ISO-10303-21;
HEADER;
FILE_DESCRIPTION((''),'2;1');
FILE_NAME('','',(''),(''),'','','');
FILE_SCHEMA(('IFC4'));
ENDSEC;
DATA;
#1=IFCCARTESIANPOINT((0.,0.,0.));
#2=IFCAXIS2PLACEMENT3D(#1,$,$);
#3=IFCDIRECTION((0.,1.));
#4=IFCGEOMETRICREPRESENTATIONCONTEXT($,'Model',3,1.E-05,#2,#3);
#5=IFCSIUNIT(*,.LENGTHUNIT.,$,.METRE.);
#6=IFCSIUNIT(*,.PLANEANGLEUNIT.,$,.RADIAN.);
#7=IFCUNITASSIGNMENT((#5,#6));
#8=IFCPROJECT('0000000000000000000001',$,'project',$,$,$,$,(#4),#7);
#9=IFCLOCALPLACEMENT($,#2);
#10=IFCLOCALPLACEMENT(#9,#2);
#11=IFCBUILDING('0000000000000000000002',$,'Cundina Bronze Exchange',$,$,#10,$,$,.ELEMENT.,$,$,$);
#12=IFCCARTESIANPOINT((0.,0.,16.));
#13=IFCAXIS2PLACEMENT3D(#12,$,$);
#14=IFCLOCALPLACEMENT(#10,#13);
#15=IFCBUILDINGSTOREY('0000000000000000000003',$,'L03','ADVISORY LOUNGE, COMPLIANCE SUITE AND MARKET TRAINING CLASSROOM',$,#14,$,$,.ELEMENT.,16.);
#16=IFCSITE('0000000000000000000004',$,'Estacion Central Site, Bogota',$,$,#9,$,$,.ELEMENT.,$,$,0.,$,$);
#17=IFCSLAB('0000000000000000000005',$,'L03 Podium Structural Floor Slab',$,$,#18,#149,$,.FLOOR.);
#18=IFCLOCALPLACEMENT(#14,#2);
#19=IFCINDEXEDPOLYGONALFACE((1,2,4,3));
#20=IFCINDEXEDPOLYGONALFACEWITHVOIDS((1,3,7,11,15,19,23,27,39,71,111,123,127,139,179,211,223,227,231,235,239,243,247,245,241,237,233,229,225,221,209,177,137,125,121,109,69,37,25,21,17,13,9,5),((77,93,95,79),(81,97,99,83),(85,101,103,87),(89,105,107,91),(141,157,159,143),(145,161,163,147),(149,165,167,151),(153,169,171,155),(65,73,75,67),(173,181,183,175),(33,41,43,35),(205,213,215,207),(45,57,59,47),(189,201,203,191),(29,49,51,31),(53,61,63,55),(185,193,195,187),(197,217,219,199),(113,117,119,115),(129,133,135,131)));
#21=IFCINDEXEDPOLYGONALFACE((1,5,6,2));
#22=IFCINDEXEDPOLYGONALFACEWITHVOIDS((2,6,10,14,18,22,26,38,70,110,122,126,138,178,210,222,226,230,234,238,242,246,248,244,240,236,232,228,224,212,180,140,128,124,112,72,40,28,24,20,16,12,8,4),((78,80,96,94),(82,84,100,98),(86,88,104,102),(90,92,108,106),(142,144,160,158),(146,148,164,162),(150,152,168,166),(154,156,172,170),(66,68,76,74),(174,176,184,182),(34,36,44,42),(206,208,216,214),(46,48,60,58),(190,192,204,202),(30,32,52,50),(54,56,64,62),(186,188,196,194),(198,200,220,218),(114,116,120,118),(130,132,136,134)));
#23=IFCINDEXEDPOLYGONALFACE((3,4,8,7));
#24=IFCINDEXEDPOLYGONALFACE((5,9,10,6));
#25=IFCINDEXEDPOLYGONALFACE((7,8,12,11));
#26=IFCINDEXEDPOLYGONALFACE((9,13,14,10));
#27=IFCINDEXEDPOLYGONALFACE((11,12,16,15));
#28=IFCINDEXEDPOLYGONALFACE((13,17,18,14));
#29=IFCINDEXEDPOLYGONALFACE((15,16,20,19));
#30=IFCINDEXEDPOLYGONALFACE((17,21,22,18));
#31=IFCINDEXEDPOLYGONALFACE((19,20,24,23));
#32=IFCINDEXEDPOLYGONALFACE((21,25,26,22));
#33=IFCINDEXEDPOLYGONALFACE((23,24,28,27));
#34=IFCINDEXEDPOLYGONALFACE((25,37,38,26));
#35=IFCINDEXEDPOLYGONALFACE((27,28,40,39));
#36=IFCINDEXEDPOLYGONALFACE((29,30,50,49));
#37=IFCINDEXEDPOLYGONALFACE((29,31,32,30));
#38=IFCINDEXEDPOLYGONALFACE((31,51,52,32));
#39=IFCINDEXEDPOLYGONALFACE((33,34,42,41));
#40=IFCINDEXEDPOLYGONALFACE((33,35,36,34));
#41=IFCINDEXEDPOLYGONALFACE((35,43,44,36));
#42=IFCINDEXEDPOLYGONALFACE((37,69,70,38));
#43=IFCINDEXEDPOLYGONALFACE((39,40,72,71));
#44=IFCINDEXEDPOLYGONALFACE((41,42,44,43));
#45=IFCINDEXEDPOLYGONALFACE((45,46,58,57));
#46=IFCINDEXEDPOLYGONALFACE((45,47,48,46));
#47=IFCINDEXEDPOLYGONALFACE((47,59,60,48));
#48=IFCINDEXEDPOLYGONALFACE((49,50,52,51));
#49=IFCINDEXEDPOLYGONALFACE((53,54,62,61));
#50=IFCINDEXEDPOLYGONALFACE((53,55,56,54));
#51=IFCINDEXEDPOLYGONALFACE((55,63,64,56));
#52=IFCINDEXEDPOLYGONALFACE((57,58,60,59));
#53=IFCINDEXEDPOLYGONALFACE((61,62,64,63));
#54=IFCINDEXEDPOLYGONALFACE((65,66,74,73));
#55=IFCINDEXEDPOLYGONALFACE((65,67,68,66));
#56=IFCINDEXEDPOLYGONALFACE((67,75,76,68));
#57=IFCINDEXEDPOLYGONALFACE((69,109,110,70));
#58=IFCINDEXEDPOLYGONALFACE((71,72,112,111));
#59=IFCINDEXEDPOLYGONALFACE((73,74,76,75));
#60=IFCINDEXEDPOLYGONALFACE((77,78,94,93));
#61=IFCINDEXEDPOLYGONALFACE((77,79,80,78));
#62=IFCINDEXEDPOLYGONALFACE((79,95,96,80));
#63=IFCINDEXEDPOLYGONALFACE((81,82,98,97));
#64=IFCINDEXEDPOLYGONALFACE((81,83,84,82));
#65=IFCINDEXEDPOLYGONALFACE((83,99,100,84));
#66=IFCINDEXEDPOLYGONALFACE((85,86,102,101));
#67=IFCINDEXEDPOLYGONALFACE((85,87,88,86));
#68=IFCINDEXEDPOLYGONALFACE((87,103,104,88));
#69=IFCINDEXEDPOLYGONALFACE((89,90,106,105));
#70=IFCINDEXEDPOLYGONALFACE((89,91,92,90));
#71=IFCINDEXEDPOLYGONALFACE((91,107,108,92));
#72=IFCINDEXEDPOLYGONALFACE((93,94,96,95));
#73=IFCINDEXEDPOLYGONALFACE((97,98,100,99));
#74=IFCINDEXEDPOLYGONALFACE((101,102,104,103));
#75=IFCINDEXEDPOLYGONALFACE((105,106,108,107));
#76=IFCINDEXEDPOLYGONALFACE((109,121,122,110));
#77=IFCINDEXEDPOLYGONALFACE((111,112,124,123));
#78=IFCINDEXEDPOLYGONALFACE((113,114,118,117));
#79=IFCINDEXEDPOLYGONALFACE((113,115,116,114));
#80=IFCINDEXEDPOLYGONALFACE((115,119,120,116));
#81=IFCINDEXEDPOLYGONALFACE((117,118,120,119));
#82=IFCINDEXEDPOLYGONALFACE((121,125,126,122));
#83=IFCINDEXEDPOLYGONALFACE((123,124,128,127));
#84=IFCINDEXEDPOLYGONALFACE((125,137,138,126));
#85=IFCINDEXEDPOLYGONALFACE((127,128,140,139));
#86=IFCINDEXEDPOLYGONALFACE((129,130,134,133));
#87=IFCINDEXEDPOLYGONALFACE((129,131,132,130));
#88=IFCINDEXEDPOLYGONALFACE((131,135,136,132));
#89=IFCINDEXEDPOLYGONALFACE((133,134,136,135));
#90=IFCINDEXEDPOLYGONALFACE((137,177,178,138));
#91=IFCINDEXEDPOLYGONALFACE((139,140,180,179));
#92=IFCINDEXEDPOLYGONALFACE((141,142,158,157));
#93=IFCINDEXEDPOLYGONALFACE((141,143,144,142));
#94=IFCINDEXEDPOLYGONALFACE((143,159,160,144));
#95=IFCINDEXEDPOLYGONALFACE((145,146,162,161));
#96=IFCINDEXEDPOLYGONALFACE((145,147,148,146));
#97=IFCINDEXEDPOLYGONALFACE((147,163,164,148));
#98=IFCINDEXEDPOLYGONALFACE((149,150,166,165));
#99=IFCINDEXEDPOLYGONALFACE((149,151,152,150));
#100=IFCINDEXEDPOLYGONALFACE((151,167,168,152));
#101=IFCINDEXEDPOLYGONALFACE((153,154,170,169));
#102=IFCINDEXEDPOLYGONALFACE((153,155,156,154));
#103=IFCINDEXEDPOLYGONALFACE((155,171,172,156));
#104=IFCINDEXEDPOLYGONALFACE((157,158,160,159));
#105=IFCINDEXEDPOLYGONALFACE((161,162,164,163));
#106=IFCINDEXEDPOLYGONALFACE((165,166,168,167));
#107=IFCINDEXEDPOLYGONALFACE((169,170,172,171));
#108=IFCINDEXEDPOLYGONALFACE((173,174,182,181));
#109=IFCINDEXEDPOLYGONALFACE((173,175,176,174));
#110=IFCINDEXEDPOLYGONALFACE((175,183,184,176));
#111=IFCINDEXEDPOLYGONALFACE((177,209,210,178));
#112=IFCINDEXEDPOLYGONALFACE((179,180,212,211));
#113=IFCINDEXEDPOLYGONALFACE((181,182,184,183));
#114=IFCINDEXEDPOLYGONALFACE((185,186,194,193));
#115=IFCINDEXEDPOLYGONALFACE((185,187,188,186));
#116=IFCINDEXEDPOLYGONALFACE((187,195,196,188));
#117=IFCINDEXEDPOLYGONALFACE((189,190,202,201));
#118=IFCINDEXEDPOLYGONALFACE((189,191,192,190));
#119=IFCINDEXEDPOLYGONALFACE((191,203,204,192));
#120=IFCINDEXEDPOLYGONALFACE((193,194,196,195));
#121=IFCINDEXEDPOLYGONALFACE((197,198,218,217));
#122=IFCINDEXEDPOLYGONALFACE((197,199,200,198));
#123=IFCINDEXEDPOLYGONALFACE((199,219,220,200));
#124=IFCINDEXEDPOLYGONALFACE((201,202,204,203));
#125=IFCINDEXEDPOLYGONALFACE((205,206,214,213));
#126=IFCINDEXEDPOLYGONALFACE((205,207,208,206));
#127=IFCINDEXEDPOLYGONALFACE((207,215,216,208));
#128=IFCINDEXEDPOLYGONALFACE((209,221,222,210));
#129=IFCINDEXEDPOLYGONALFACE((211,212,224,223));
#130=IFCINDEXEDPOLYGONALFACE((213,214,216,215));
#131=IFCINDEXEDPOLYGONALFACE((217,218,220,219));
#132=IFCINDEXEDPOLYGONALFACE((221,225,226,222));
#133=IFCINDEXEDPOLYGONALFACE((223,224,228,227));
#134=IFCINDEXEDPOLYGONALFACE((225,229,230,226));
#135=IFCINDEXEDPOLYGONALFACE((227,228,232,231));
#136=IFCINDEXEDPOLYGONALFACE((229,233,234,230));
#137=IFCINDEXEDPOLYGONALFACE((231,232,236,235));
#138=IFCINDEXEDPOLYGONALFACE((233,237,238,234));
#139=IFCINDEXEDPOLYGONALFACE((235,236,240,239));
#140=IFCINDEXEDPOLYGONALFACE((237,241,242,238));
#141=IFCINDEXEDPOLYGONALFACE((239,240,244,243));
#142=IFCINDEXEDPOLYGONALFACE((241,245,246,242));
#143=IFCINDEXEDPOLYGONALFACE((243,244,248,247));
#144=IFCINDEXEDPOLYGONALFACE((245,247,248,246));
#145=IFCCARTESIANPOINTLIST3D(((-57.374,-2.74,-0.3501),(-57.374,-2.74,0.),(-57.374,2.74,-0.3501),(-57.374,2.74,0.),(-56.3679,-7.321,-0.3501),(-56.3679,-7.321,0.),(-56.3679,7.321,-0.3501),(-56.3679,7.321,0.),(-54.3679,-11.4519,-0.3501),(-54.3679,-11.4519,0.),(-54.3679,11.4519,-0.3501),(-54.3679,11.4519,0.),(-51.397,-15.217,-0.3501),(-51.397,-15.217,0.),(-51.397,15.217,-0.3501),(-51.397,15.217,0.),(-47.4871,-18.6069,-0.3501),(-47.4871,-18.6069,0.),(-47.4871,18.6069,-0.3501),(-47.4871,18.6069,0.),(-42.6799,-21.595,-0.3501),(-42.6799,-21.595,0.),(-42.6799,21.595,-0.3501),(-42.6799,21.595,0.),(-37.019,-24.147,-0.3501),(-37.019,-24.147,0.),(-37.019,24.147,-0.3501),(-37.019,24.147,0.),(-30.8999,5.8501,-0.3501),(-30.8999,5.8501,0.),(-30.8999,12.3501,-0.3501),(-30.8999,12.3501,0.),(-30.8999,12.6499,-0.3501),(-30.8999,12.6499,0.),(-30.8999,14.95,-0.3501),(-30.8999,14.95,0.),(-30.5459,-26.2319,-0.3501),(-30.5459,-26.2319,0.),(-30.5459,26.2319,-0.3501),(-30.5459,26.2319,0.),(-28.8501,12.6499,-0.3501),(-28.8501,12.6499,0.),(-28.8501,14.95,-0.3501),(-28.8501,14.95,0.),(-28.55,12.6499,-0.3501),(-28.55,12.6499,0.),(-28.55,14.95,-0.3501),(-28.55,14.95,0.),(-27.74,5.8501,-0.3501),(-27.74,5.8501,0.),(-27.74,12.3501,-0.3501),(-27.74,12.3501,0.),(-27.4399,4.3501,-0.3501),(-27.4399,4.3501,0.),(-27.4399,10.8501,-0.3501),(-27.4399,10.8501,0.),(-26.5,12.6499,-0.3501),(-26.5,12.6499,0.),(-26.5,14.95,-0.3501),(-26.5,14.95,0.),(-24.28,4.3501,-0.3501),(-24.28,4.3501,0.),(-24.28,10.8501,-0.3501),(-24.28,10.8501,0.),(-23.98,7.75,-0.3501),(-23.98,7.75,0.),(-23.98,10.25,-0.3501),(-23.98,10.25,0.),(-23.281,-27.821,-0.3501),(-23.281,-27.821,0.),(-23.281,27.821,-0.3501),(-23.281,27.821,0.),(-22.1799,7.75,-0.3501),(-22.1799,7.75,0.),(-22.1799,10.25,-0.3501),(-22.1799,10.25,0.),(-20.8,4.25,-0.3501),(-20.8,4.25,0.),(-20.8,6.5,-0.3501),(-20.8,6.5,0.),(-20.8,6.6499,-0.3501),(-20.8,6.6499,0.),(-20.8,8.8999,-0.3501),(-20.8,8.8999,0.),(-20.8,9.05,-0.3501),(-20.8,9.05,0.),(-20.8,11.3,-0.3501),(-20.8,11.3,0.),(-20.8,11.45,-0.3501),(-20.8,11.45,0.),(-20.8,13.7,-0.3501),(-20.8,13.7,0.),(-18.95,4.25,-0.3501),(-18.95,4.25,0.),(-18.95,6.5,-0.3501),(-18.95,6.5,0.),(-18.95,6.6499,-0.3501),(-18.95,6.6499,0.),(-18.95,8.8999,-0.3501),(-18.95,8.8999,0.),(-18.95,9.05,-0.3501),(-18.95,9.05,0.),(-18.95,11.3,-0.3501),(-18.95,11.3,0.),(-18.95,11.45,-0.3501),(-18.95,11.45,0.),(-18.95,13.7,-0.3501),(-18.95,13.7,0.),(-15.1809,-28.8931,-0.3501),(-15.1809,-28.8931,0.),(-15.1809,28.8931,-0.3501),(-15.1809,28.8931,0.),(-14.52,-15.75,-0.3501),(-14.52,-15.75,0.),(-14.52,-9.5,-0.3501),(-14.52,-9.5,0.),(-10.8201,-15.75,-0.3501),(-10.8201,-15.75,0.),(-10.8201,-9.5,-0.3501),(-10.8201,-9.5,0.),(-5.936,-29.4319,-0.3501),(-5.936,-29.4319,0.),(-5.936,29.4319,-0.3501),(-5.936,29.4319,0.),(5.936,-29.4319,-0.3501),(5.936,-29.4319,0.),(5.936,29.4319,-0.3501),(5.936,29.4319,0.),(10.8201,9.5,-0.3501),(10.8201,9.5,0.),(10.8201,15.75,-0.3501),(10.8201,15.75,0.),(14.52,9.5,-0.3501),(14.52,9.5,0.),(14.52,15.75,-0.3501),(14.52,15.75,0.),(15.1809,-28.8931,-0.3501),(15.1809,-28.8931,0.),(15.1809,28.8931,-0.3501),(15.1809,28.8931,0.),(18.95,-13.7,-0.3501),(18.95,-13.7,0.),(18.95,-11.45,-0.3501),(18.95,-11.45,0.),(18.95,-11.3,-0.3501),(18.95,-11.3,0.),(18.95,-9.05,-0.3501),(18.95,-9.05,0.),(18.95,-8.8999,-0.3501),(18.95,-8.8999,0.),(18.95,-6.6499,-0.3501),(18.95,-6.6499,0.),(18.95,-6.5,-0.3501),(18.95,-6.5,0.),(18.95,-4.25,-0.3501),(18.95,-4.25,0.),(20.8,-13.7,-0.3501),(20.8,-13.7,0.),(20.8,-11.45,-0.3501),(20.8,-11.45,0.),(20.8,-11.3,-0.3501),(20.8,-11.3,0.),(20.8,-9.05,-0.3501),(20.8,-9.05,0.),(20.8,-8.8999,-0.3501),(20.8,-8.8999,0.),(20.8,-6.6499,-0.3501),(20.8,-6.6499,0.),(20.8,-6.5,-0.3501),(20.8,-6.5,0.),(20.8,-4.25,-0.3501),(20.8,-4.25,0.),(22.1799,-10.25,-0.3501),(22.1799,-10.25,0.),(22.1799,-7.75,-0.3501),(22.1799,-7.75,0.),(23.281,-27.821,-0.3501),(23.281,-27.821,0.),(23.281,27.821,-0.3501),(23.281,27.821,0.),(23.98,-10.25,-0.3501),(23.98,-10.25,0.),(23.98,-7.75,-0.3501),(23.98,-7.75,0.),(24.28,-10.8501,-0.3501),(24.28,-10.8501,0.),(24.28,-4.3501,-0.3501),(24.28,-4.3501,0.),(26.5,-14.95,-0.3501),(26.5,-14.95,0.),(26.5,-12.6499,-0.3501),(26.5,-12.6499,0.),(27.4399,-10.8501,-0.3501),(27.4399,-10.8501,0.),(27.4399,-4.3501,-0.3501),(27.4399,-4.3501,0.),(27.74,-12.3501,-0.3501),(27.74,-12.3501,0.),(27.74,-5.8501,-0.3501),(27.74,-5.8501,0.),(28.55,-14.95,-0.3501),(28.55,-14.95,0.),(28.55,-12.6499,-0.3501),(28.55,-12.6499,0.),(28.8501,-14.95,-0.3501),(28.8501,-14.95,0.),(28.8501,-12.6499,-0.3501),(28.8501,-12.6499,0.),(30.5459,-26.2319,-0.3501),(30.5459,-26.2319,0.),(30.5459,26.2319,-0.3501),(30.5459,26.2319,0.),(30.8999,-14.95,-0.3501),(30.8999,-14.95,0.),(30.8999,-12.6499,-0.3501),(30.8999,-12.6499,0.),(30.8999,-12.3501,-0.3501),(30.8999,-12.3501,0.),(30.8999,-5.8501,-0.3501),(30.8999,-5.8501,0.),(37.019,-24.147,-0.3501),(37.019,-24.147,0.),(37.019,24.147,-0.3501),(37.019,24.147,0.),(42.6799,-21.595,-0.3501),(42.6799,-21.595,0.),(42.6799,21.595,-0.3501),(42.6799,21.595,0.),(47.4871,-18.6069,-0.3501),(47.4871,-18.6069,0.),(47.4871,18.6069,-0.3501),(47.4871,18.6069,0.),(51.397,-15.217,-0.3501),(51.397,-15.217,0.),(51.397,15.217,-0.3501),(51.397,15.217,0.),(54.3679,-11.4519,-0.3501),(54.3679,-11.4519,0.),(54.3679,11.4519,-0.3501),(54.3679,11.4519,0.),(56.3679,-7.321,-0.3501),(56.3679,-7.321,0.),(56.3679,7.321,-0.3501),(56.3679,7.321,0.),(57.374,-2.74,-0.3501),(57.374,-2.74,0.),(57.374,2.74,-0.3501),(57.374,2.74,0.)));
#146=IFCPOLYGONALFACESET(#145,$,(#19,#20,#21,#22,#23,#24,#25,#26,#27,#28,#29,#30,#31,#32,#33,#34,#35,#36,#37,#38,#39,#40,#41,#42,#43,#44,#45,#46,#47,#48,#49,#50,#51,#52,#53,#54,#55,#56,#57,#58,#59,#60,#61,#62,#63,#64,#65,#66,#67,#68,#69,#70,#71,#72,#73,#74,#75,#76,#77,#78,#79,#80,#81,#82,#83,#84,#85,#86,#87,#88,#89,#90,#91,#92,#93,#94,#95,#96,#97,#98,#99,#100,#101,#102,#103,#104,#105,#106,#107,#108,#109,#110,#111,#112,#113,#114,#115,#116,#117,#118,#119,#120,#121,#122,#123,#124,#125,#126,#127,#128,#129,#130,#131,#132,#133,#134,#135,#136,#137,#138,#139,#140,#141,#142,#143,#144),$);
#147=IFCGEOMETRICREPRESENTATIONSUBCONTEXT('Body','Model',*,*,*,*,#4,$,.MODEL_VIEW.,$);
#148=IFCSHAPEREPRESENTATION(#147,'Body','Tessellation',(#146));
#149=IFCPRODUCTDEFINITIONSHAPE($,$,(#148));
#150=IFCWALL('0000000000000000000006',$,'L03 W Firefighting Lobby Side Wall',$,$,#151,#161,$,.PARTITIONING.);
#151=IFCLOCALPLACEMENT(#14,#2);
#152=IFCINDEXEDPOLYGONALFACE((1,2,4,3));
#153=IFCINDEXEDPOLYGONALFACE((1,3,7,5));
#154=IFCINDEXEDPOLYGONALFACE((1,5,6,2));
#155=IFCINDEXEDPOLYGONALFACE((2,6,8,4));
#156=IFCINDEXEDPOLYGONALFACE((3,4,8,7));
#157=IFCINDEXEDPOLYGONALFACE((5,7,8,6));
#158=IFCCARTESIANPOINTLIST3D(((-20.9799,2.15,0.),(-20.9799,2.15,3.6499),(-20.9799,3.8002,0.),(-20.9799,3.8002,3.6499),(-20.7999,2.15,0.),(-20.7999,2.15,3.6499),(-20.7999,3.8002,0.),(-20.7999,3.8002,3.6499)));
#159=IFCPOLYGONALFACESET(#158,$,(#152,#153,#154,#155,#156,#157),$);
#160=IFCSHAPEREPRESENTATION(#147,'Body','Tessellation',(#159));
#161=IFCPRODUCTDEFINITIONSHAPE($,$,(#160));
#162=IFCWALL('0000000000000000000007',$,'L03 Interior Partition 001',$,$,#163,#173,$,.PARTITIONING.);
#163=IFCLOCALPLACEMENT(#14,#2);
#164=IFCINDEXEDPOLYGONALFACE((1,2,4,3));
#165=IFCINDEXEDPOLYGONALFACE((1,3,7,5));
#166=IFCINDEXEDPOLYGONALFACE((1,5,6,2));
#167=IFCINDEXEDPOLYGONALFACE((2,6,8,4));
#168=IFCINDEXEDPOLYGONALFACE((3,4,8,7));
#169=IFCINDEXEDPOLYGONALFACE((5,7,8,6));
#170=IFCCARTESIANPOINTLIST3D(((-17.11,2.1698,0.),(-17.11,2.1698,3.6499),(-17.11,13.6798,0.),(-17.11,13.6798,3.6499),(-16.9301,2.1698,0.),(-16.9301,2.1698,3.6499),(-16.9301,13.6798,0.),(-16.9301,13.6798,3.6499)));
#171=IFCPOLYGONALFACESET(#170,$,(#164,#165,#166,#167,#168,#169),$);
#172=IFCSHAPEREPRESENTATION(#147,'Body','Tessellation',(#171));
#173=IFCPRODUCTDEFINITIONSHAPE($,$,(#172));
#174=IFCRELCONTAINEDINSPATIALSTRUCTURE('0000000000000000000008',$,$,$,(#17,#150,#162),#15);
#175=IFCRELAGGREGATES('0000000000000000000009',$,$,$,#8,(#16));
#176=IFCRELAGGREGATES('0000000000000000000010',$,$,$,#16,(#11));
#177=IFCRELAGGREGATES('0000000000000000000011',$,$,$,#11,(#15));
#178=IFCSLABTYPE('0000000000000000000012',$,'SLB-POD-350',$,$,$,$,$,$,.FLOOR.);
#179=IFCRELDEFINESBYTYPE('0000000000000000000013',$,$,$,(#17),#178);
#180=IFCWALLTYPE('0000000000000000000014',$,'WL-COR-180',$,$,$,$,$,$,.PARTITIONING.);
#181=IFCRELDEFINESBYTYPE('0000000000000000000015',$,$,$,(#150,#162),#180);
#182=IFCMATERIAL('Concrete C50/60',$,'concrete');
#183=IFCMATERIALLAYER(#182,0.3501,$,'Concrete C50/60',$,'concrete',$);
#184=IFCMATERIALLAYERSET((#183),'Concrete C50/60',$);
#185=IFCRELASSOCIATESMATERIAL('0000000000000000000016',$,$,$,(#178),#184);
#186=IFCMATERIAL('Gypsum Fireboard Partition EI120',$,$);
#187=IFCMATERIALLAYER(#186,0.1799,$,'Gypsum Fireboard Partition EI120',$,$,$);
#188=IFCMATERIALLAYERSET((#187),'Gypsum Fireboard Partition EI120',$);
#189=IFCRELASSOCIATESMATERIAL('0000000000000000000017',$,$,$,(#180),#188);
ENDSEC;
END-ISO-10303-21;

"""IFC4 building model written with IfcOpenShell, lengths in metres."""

from ifc_helpers import new_model, si_unit, direction, frame, frame_2d, origin, place, context, subcontext, project, spatial, polyline, rectangle, outline, extrude, material, layer, layer_set, type_object, element, save


model = new_model("IFC4")

# Units and contexts
model_context = context("Model", 3, precision=1e-05, world=origin(), true_north=direction((0.0, 1.0)))
body_context = subcontext(model_context, "Body", "Model", "MODEL_VIEW")
ifc_project = project(units=[si_unit("LENGTHUNIT", "METRE"), si_unit("PLANEANGLEUNIT", "RADIAN")], contexts=[model_context])

# Site, building, storey
site_placement = place(None, origin())
site = spatial("IfcSite", under=ifc_project, at=site_placement, Name="Estacion Central Site, Bogota", CompositionType="ELEMENT", RefElevation=0.0)
building_placement = place(site_placement, origin())
building = spatial("IfcBuilding", under=site, at=building_placement, Name="Cundina Bronze Exchange", CompositionType="ELEMENT")
storey_placement = place(building_placement, frame((0.0, 0.0, 16.0)))
storey = spatial("IfcBuildingStorey", under=building, at=storey_placement, Name="L03", Description="ADVISORY LOUNGE, COMPLIANCE SUITE AND MARKET TRAINING CLASSROOM", CompositionType="ELEMENT", Elevation=16.0)

# Slab
ifc_material_1 = material(Name="Concrete C50/60", Category="concrete")
ifc_layer_1 = layer(ifc_material_1, 0.3501, Name="Concrete C50/60", Category="concrete")
ifc_layer_set_1 = layer_set([ifc_layer_1], Name="Concrete C50/60")
slab_type = type_object("IfcSlabType", Name="SLB-POD-350", PredefinedType="FLOOR", material=ifc_layer_set_1)
slab_placement = place(storey_placement, frame((0.0, 0.0, -0.3501)))
element("IfcSlab", 1, at=slab_placement, inside=storey, type_object=slab_type, Name="L03 Podium Structural Floor Slab", PredefinedType="FLOOR", context=body_context, shape_type="SweptSolid", body=[
    extrude(outline(polyline([(57.374, 2.74), (56.3679, 7.321), (54.3679, 11.4519), (51.397, 15.217), (47.4871, 18.6069), (42.6799, 21.595), (37.019, 24.147), (30.5459, 26.2319), (23.281, 27.821), (15.1809, 28.8931), (5.936, 29.4319), (-5.936, 29.4319), (-15.1809, 28.8931), (-23.281, 27.821), (-30.5459, 26.2319), (-37.019, 24.147), (-42.6799, 21.595), (-47.4871, 18.6069), (-51.397, 15.217), (-54.3679, 11.4519), (-56.3679, 7.321), (-57.374, 2.74), (-57.374, -2.74), (-56.3679, -7.321), (-54.3679, -11.4519), (-51.397, -15.217), (-47.4871, -18.6069), (-42.6799, -21.595), (-37.019, -24.147), (-30.5459, -26.2319), (-23.281, -27.821), (-15.1809, -28.8931), (-5.936, -29.4319), (5.936, -29.4319), (15.1809, -28.8931), (23.281, -27.821), (30.5459, -26.2319), (37.019, -24.147), (42.6799, -21.595), (47.4871, -18.6069), (51.397, -15.217), (54.3679, -11.4519), (56.3679, -7.321), (57.374, -2.74), (57.374, 2.74)]), holes=[polyline([(-27.74, 5.8501), (-27.74, 12.3501), (-30.8999, 12.3501), (-30.8999, 5.8501), (-27.74, 5.8501)]), polyline([(-27.4399, 10.8501), (-27.4399, 4.3501), (-24.28, 4.3501), (-24.28, 10.8501), (-27.4399, 10.8501)]), polyline([(27.74, -5.8501), (27.74, -12.3501), (30.8999, -12.3501), (30.8999, -5.8501), (27.74, -5.8501)]), polyline([(27.4399, -10.8501), (27.4399, -4.3501), (24.28, -4.3501), (24.28, -10.8501), (27.4399, -10.8501)]), polyline([(-10.8201, -15.75), (-10.8201, -9.5), (-14.52, -9.5), (-14.52, -15.75), (-10.8201, -15.75)]), polyline([(10.8201, 15.75), (10.8201, 9.5), (14.52, 9.5), (14.52, 15.75), (10.8201, 15.75)]), polyline([(-23.98, 10.25), (-22.1799, 10.25), (-22.1799, 7.75), (-23.98, 7.75), (-23.98, 10.25)]), polyline([(-30.8999, 14.95), (-28.8501, 14.95), (-28.8501, 12.6499), (-30.8999, 12.6499), (-30.8999, 14.95)]), polyline([(-28.55, 14.95), (-26.5, 14.95), (-26.5, 12.6499), (-28.55, 12.6499), (-28.55, 14.95)]), polyline([(-20.8, 13.7), (-18.95, 13.7), (-18.95, 11.45), (-20.8, 11.45), (-20.8, 13.7)]), polyline([(-20.8, 11.3), (-18.95, 11.3), (-18.95, 9.05), (-20.8, 9.05), (-20.8, 11.3)]), polyline([(-20.8, 8.8999), (-18.95, 8.8999), (-18.95, 6.6499), (-20.8, 6.6499), (-20.8, 8.8999)]), polyline([(-20.8, 6.5), (-18.95, 6.5), (-18.95, 4.25), (-20.8, 4.25), (-20.8, 6.5)]), polyline([(22.1799, -7.75), (23.98, -7.75), (23.98, -10.25), (22.1799, -10.25), (22.1799, -7.75)]), polyline([(28.8501, -12.6499), (30.8999, -12.6499), (30.8999, -14.95), (28.8501, -14.95), (28.8501, -12.6499)]), polyline([(26.5, -12.6499), (28.55, -12.6499), (28.55, -14.95), (26.5, -14.95), (26.5, -12.6499)]), polyline([(18.95, -11.45), (20.8, -11.45), (20.8, -13.7), (18.95, -13.7), (18.95, -11.45)]), polyline([(18.95, -9.05), (20.8, -9.05), (20.8, -11.3), (18.95, -11.3), (18.95, -9.05)]), polyline([(18.95, -6.6499), (20.8, -6.6499), (20.8, -8.8999), (18.95, -8.8999), (18.95, -6.6499)]), polyline([(18.95, -4.25), (20.8, -4.25), (20.8, -6.5), (18.95, -6.5), (18.95, -4.25)])]), origin(), (0.0, 0.0, 1.0), 0.3501),
])

# Wall
ifc_material_2 = material(Name="Gypsum Fireboard Partition EI120")
ifc_layer_2 = layer(ifc_material_2, 0.1799, Name="Gypsum Fireboard Partition EI120")
ifc_layer_set_2 = layer_set([ifc_layer_2], Name="Gypsum Fireboard Partition EI120")
wall_type_1 = type_object("IfcWallType", Name="WL-COR-180", PredefinedType="PARTITIONING", material=ifc_layer_set_2)
wall_1_placement = place(storey_placement, frame((-20.8899, 2.1499, 0.0), z_axis=(0.0, 0.0, 1.0), x_axis=(0.0, 1.0, 0.0)))
element("IfcWall", 2, at=wall_1_placement, inside=storey, type_object=wall_type_1, Name="L03 W Firefighting Lobby Side Wall", PredefinedType="PARTITIONING", context=body_context, shape_type="SweptSolid", body=[
    extrude(rectangle(XDim=1.6501, YDim=0.1799, at=frame_2d((0.8252, 0.0))), origin(), (0.0, 0.0, 1.0), 3.6499),
])

# Wall
wall_2_placement = place(storey_placement, frame((-17.02, 2.1699, 0.0), z_axis=(0.0, 0.0, 1.0), x_axis=(0.0, 1.0, 0.0)))
element("IfcWall", 3, at=wall_2_placement, inside=storey, type_object=wall_type_1, Name="L03 Interior Partition 001", PredefinedType="PARTITIONING", context=body_context, shape_type="SweptSolid", body=[
    extrude(rectangle(XDim=11.51, YDim=0.1799, at=frame_2d((5.7549, 0.0))), origin(), (0.0, 0.0, 1.0), 3.6499),
])

save(model, "model.ifc")
